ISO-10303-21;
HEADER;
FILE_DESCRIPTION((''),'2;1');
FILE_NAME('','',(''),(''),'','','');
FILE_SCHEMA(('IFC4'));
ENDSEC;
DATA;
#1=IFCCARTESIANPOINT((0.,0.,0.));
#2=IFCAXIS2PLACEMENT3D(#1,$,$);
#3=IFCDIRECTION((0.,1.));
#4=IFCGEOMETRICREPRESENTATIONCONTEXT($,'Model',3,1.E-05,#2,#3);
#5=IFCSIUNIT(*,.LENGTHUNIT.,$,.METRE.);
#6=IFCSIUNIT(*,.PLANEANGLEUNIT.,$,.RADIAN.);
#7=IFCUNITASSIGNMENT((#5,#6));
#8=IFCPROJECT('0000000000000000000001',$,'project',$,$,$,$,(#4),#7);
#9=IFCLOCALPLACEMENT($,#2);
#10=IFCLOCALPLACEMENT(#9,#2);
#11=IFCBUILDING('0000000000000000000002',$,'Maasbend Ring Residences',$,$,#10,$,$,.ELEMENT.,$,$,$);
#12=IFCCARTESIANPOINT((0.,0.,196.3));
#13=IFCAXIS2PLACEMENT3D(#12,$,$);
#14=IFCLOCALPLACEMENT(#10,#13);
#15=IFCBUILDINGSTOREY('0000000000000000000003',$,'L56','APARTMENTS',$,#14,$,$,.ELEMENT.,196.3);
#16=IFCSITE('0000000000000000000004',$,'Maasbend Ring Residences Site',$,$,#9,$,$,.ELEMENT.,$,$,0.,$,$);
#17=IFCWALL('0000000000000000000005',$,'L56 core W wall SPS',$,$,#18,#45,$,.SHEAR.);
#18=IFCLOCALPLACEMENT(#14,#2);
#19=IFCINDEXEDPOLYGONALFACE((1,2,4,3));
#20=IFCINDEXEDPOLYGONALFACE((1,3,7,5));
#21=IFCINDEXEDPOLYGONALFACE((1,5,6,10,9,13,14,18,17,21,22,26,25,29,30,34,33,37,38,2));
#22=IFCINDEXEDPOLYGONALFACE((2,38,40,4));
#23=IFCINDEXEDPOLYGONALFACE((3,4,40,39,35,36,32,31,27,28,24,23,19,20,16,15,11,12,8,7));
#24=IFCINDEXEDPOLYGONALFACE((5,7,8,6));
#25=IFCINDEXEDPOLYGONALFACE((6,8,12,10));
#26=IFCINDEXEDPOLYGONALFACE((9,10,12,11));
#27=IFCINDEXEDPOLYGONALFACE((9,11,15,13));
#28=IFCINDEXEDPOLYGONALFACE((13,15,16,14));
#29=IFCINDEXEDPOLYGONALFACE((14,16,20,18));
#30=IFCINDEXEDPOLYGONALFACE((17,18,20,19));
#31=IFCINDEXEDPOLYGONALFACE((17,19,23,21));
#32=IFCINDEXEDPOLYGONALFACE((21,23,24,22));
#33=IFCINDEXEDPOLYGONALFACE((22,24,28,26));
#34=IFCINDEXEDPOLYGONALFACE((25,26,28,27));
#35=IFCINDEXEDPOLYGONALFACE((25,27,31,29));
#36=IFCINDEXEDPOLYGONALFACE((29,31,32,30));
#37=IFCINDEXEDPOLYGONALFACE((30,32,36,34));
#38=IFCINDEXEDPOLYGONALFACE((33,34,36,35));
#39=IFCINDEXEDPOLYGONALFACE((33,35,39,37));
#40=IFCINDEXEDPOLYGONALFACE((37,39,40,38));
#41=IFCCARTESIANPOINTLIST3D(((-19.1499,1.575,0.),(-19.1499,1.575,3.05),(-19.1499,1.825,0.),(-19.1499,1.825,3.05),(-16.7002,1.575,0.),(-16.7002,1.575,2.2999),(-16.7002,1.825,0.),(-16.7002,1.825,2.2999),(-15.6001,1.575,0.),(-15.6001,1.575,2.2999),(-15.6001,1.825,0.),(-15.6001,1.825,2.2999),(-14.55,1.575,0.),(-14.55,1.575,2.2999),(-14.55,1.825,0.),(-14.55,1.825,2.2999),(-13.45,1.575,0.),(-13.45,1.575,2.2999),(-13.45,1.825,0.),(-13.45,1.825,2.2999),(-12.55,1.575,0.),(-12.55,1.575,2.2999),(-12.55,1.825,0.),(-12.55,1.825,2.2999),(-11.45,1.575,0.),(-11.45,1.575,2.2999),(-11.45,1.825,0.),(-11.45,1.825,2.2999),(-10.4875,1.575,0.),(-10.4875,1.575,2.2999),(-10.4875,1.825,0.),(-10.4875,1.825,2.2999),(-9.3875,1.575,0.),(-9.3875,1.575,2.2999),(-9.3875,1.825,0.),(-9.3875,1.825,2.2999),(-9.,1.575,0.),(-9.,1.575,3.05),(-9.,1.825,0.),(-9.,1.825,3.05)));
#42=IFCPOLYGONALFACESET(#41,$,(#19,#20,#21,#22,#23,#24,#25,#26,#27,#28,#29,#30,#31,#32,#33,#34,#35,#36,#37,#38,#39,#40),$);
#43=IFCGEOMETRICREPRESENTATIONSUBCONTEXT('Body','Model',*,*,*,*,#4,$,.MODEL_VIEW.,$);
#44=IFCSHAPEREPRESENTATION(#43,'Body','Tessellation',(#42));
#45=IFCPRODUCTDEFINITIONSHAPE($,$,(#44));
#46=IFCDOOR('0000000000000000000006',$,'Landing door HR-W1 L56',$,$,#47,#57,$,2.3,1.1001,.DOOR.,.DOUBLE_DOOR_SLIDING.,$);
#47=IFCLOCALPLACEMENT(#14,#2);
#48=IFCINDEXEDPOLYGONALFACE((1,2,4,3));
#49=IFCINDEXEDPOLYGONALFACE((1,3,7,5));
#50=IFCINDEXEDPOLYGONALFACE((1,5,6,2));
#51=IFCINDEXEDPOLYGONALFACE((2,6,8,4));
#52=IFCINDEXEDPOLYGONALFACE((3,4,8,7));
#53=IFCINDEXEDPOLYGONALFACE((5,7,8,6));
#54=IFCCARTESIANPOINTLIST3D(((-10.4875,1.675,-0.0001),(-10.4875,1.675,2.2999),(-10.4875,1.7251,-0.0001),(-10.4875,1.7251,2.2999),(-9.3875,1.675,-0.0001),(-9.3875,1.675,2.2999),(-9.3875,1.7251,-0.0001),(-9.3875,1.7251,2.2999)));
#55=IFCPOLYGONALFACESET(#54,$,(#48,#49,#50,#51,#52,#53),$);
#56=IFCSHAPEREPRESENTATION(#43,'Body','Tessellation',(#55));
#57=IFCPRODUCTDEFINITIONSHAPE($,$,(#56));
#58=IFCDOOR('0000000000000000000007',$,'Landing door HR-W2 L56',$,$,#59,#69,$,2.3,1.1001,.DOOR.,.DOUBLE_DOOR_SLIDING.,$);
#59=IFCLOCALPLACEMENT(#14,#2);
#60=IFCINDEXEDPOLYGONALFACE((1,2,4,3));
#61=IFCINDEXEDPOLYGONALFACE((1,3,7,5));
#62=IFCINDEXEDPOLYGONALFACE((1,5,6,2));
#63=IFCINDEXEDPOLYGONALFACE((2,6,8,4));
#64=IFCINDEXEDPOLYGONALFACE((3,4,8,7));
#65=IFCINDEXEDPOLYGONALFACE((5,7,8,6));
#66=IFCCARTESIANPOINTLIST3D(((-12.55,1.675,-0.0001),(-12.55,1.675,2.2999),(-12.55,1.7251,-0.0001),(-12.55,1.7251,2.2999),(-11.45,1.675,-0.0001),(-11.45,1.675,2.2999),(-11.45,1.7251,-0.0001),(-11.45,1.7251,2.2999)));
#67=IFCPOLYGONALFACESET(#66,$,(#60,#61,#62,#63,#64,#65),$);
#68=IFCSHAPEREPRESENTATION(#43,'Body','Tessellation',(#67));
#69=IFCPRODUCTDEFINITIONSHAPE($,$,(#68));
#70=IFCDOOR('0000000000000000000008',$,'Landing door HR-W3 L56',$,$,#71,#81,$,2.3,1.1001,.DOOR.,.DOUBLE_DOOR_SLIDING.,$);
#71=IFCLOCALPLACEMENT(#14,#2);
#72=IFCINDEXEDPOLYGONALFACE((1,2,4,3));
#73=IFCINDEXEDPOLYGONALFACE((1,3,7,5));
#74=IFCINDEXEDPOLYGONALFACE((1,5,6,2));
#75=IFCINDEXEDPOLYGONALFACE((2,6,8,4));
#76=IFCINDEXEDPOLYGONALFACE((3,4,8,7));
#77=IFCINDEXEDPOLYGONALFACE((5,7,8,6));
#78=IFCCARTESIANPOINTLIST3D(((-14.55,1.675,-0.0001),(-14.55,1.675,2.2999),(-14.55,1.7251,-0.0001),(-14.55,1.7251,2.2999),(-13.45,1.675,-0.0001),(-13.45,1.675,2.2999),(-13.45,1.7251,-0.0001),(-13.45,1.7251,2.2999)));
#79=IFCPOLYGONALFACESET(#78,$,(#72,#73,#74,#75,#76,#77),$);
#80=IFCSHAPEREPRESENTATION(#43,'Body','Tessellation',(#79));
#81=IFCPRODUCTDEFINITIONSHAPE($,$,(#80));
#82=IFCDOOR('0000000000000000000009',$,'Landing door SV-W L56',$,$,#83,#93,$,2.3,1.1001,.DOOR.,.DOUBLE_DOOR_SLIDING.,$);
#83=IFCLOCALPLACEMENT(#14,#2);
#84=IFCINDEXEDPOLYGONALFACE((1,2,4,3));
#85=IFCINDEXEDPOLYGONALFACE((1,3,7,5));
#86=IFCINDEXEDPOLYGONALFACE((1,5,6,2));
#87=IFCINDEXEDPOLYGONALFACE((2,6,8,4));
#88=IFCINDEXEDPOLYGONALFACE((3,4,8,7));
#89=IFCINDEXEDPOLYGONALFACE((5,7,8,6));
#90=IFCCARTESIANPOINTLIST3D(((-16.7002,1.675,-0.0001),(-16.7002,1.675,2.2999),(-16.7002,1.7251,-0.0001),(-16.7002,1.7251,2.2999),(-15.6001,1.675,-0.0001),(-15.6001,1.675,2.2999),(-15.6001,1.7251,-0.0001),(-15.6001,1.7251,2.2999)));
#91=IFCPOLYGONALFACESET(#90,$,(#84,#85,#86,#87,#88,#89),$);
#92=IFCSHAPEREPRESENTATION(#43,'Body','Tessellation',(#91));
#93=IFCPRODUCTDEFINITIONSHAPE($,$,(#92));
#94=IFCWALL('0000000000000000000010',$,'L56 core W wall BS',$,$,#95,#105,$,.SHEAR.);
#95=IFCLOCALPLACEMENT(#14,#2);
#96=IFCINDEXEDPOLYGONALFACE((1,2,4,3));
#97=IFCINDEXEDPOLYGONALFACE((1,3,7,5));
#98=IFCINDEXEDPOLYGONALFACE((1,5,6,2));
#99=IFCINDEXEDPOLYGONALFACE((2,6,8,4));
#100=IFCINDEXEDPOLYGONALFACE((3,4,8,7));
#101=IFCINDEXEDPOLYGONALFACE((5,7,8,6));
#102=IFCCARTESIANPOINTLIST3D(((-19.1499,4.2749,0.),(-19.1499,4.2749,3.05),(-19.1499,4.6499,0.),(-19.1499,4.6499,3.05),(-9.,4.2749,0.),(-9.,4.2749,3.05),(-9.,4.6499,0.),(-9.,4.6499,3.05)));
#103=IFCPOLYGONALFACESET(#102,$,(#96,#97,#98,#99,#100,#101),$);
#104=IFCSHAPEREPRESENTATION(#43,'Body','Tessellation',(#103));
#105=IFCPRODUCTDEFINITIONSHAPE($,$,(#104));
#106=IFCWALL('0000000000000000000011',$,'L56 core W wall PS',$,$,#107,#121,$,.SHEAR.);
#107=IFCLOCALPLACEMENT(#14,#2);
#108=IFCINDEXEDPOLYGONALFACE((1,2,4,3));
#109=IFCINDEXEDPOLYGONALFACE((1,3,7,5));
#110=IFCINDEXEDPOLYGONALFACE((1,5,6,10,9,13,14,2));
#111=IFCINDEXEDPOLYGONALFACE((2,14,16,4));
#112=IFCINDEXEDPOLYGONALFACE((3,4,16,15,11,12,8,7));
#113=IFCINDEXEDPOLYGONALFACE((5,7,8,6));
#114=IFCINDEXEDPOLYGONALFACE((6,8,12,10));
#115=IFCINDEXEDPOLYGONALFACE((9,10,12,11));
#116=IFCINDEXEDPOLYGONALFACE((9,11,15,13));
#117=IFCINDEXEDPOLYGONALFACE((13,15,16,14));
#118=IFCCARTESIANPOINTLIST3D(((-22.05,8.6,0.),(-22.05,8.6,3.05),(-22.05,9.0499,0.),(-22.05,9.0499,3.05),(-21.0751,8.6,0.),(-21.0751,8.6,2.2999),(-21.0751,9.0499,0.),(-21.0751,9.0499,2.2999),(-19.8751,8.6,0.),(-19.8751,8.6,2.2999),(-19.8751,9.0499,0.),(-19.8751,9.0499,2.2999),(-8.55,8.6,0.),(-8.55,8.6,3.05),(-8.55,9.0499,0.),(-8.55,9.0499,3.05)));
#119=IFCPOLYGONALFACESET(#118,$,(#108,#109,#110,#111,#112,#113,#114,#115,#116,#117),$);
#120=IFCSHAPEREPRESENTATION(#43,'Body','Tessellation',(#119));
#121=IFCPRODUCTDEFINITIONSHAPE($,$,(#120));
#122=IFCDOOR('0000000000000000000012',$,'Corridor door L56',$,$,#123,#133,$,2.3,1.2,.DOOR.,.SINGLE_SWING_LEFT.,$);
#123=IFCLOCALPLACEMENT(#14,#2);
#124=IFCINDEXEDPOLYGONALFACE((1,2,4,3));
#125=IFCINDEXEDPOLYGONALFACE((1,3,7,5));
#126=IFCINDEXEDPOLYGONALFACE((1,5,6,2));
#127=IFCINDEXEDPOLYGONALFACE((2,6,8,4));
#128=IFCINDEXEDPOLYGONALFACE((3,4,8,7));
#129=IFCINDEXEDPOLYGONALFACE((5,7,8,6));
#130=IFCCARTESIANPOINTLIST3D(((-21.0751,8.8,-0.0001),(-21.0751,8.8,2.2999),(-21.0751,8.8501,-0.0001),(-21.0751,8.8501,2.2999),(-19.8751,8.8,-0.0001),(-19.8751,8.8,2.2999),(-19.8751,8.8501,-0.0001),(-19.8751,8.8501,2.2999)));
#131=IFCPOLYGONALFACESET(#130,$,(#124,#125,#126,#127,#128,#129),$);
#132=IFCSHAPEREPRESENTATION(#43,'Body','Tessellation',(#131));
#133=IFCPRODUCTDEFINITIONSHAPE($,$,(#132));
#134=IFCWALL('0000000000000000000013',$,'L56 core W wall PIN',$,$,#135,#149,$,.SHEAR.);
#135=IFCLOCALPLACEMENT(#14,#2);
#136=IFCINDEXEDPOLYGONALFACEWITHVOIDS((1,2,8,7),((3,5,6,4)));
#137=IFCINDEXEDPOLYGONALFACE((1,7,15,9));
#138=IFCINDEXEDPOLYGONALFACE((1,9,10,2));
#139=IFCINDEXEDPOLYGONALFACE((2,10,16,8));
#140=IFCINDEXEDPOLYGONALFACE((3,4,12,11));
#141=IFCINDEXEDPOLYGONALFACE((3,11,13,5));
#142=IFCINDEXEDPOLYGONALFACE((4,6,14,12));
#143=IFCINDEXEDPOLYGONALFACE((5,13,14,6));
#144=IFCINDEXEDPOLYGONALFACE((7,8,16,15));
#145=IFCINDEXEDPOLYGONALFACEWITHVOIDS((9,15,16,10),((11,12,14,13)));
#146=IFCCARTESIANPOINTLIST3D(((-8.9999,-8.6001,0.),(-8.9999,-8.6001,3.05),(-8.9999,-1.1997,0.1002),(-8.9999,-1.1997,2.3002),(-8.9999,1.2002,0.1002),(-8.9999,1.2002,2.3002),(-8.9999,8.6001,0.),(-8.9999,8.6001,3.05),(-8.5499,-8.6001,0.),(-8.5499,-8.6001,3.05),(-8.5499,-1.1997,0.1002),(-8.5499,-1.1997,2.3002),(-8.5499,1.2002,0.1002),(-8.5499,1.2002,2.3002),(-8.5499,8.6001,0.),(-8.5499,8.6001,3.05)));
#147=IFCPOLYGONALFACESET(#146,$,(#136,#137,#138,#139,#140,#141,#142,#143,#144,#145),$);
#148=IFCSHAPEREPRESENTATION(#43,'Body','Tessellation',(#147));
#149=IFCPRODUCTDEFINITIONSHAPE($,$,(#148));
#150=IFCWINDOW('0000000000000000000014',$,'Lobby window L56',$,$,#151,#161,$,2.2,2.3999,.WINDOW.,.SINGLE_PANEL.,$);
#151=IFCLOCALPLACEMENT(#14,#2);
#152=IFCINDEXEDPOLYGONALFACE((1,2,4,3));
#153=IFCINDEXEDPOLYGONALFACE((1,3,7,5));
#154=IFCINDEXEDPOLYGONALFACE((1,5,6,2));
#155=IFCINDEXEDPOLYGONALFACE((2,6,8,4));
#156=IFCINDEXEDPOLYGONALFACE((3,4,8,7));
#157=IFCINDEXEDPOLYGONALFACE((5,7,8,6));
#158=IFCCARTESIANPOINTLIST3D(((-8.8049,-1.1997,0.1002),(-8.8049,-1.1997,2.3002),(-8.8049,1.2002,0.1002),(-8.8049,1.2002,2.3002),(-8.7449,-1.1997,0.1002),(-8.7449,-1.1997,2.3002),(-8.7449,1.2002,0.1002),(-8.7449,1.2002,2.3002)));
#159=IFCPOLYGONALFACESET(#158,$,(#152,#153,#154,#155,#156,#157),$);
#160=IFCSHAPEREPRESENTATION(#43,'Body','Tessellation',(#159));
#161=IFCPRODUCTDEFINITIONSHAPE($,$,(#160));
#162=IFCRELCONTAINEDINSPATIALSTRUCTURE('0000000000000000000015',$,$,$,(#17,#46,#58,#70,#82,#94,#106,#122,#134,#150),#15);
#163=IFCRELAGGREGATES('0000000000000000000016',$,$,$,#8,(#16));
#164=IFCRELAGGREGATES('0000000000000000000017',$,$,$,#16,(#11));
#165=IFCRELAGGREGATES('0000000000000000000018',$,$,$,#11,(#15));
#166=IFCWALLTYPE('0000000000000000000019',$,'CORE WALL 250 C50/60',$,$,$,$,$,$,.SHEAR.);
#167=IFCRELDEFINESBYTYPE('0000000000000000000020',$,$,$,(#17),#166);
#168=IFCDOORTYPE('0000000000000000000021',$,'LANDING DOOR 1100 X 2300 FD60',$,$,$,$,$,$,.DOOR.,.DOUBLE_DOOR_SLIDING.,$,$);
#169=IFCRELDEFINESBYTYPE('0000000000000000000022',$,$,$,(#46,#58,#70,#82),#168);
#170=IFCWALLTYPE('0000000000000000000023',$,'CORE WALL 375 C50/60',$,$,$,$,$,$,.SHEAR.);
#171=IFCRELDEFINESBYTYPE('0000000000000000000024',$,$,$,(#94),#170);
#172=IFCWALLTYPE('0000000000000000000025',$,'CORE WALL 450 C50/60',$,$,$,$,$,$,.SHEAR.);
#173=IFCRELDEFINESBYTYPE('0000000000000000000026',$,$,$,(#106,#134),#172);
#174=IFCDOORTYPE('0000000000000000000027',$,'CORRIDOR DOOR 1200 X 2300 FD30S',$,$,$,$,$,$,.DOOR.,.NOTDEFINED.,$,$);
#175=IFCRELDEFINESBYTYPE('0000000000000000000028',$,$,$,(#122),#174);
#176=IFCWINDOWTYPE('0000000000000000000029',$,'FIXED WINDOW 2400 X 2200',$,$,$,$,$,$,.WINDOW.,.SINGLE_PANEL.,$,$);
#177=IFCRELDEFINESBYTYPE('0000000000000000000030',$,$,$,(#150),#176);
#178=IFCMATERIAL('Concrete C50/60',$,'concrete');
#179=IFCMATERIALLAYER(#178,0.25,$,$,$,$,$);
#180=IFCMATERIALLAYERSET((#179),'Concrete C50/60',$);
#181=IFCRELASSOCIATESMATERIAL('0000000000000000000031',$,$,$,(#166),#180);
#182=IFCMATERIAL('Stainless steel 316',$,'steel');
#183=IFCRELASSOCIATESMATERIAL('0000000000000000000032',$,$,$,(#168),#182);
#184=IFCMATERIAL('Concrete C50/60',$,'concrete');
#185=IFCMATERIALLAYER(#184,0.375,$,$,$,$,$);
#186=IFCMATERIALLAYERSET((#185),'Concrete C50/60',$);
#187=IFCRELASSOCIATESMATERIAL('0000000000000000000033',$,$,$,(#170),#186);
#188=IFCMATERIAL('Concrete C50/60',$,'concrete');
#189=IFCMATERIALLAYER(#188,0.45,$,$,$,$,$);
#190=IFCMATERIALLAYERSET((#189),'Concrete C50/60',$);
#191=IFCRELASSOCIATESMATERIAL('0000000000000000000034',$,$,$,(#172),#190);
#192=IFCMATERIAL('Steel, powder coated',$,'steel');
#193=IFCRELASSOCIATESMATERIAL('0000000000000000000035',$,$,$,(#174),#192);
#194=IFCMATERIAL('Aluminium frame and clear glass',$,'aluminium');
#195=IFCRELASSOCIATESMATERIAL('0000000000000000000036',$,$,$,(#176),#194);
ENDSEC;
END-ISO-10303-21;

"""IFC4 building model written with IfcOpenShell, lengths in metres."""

from ifc_helpers import new_model, si_unit, direction, frame, frame_2d, origin, place, context, subcontext, project, spatial, rectangle, extrude, material, layer, layer_set, type_object, element, fill, save


model = new_model("IFC4")

# Units and contexts
model_context = context("Model", 3, precision=1e-05, world=origin(), true_north=direction((0.0, 1.0)))
body_context = subcontext(model_context, "Body", "Model", "MODEL_VIEW")
ifc_project = project(units=[si_unit("LENGTHUNIT", "METRE"), si_unit("PLANEANGLEUNIT", "RADIAN")], contexts=[model_context])

# Site, building, storey
site_placement = place(None, origin())
site = spatial("IfcSite", under=ifc_project, at=site_placement, Name="Maasbend Ring Residences Site", CompositionType="ELEMENT", RefElevation=0.0)
building_placement = place(site_placement, origin())
building = spatial("IfcBuilding", under=site, at=building_placement, Name="Maasbend Ring Residences", CompositionType="ELEMENT")
storey_placement = place(building_placement, frame((0.0, 0.0, 196.3)))
storey = spatial("IfcBuildingStorey", under=building, at=storey_placement, Name="L56", Description="APARTMENTS", CompositionType="ELEMENT", Elevation=196.3)

# Wall, openings, doors
ifc_material_1 = material(Name="Concrete C50/60", Category="concrete")
ifc_layer_1 = layer(ifc_material_1, 0.25)
ifc_layer_set_1 = layer_set([ifc_layer_1], Name="Concrete C50/60")
wall_type_1 = type_object("IfcWallType", Name="CORE WALL 250 C50/60", PredefinedType="SHEAR", material=ifc_layer_set_1)
wall_1_placement = place(storey_placement, frame((-9.0, 1.7, 0.0), z_axis=(0.0, 0.0, 1.0), x_axis=(-1.0, 0.0, 0.0)))
wall_1 = element("IfcWall", 1, at=wall_1_placement, inside=storey, type_object=wall_type_1, Name="L56 core W wall SPS", PredefinedType="SHEAR", context=body_context, shape_type="SweptSolid", body=[
    extrude(rectangle(XDim=10.1499, YDim=0.25, at=frame_2d((5.075, 0.0))), origin(), (0.0, 0.0, 1.0), 3.05),
])
opening_1_placement = place(wall_1_placement, frame((0.3875, 0.0, 0.0)))
opening_1 = element("IfcOpeningElement", 2, at=opening_1_placement, cuts=wall_1, PredefinedType="OPENING", context=body_context, shape_type="SweptSolid", body=[
    extrude(rectangle(XDim=1.1001, YDim=2.3, at=frame_2d((0.55, 1.1499))), frame((0.0, 0.135, 0.0), z_axis=(0.0, -1.0, 0.0), x_axis=(1.0, 0.0, 0.0)), (0.0, 0.0, 1.0), 0.27),
])
opening_2_placement = place(wall_1_placement, frame((2.45, 0.0, 0.0)))
opening_2 = element("IfcOpeningElement", 3, at=opening_2_placement, cuts=wall_1, PredefinedType="OPENING", context=body_context, shape_type="SweptSolid", body=[
    extrude(rectangle(XDim=1.1001, YDim=2.3, at=frame_2d((0.55, 1.1499))), frame((0.0, 0.135, 0.0), z_axis=(0.0, -1.0, 0.0), x_axis=(1.0, 0.0, 0.0)), (0.0, 0.0, 1.0), 0.27),
])
opening_3_placement = place(wall_1_placement, frame((4.45, 0.0, 0.0)))
opening_3 = element("IfcOpeningElement", 4, at=opening_3_placement, cuts=wall_1, PredefinedType="OPENING", context=body_context, shape_type="SweptSolid", body=[
    extrude(rectangle(XDim=1.1001, YDim=2.3, at=frame_2d((0.55, 1.1499))), frame((0.0, 0.135, 0.0), z_axis=(0.0, -1.0, 0.0), x_axis=(1.0, 0.0, 0.0)), (0.0, 0.0, 1.0), 0.27),
])
opening_4_placement = place(wall_1_placement, frame((6.6001, 0.0, 0.0)))
opening_4 = element("IfcOpeningElement", 5, at=opening_4_placement, cuts=wall_1, PredefinedType="OPENING", context=body_context, shape_type="SweptSolid", body=[
    extrude(rectangle(XDim=1.1001, YDim=2.3, at=frame_2d((0.55, 1.1499))), frame((0.0, 0.135, 0.0), z_axis=(0.0, -1.0, 0.0), x_axis=(1.0, 0.0, 0.0)), (0.0, 0.0, 1.0), 0.27),
])
ifc_material_2 = material(Name="Stainless steel 316", Category="steel")
door_type_1 = type_object("IfcDoorType", Name="LANDING DOOR 1100 X 2300 FD60", OperationType="DOUBLE_DOOR_SLIDING", PredefinedType="DOOR", material=ifc_material_2)
door_1_placement = place(opening_1_placement, origin())
door_1 = element("IfcDoor", 6, at=door_1_placement, inside=storey, type_object=door_type_1, Name="Landing door HR-W1 L56", OperationType="DOUBLE_DOOR_SLIDING", OverallHeight=2.3, OverallWidth=1.1001, PredefinedType="DOOR", context=body_context, shape_type="SweptSolid", body=[
    extrude(rectangle(XDim=1.1001, YDim=2.3, at=frame_2d((0.55, 1.1499))), frame((0.0, 0.0249, 0.0), z_axis=(0.0, -1.0, 0.0), x_axis=(1.0, 0.0, 0.0)), (0.0, 0.0, 1.0), 0.05),
])
fill(opening_1, door_1)
door_2_placement = place(opening_2_placement, origin())
door_2 = element("IfcDoor", 7, at=door_2_placement, inside=storey, type_object=door_type_1, Name="Landing door HR-W2 L56", OperationType="DOUBLE_DOOR_SLIDING", OverallHeight=2.3, OverallWidth=1.1001, PredefinedType="DOOR", context=body_context, shape_type="SweptSolid", body=[
    extrude(rectangle(XDim=1.1001, YDim=2.3, at=frame_2d((0.55, 1.1499))), frame((0.0, 0.0249, 0.0), z_axis=(0.0, -1.0, 0.0), x_axis=(1.0, 0.0, 0.0)), (0.0, 0.0, 1.0), 0.05),
])
fill(opening_2, door_2)
door_3_placement = place(opening_3_placement, origin())
door_3 = element("IfcDoor", 8, at=door_3_placement, inside=storey, type_object=door_type_1, Name="Landing door HR-W3 L56", OperationType="DOUBLE_DOOR_SLIDING", OverallHeight=2.3, OverallWidth=1.1001, PredefinedType="DOOR", context=body_context, shape_type="SweptSolid", body=[
    extrude(rectangle(XDim=1.1001, YDim=2.3, at=frame_2d((0.55, 1.1499))), frame((0.0, 0.0249, 0.0), z_axis=(0.0, -1.0, 0.0), x_axis=(1.0, 0.0, 0.0)), (0.0, 0.0, 1.0), 0.05),
])
fill(opening_3, door_3)
door_4_placement = place(opening_4_placement, origin())
door_4 = element("IfcDoor", 9, at=door_4_placement, inside=storey, type_object=door_type_1, Name="Landing door SV-W L56", OperationType="DOUBLE_DOOR_SLIDING", OverallHeight=2.3, OverallWidth=1.1001, PredefinedType="DOOR", context=body_context, shape_type="SweptSolid", body=[
    extrude(rectangle(XDim=1.1001, YDim=2.3, at=frame_2d((0.55, 1.1499))), frame((0.0, 0.0249, 0.0), z_axis=(0.0, -1.0, 0.0), x_axis=(1.0, 0.0, 0.0)), (0.0, 0.0, 1.0), 0.05),
])
fill(opening_4, door_4)

# Wall
ifc_material_3 = material(Name="Concrete C50/60", Category="concrete")
ifc_layer_2 = layer(ifc_material_3, 0.375)
ifc_layer_set_2 = layer_set([ifc_layer_2], Name="Concrete C50/60")
wall_type_2 = type_object("IfcWallType", Name="CORE WALL 375 C50/60", PredefinedType="SHEAR", material=ifc_layer_set_2)
wall_2_placement = place(storey_placement, frame((-9.0, 4.4624, 0.0), z_axis=(0.0, 0.0, 1.0), x_axis=(-1.0, 0.0, 0.0)))
element("IfcWall", 10, at=wall_2_placement, inside=storey, type_object=wall_type_2, Name="L56 core W wall BS", PredefinedType="SHEAR", context=body_context, shape_type="SweptSolid", body=[
    extrude(rectangle(XDim=10.1499, YDim=0.375, at=frame_2d((5.075, 0.0))), origin(), (0.0, 0.0, 1.0), 3.05),
])

# Wall, opening, door
ifc_material_4 = material(Name="Concrete C50/60", Category="concrete")
ifc_layer_3 = layer(ifc_material_4, 0.45)
ifc_layer_set_3 = layer_set([ifc_layer_3], Name="Concrete C50/60")
wall_type_3 = type_object("IfcWallType", Name="CORE WALL 450 C50/60", PredefinedType="SHEAR", material=ifc_layer_set_3)
wall_3_placement = place(storey_placement, frame((-8.55, 8.825, 0.0), z_axis=(0.0, 0.0, 1.0), x_axis=(-1.0, 0.0, 0.0)))
wall_3 = element("IfcWall", 11, at=wall_3_placement, inside=storey, type_object=wall_type_3, Name="L56 core W wall PS", PredefinedType="SHEAR", context=body_context, shape_type="SweptSolid", body=[
    extrude(rectangle(XDim=13.5, YDim=0.45, at=frame_2d((6.75, 0.0))), origin(), (0.0, 0.0, 1.0), 3.05),
])
opening_5_placement = place(wall_3_placement, frame((11.325, 0.0, 0.0)))
opening_5 = element("IfcOpeningElement", 12, at=opening_5_placement, cuts=wall_3, PredefinedType="OPENING", context=body_context, shape_type="SweptSolid", body=[
    extrude(rectangle(XDim=1.2, YDim=2.3, at=frame_2d((0.6001, 1.1499))), frame((0.0, 0.2349, 0.0), z_axis=(0.0, -1.0, 0.0), x_axis=(1.0, 0.0, 0.0)), (0.0, 0.0, 1.0), 0.47),
])
ifc_material_5 = material(Name="Steel, powder coated", Category="steel")
door_type_2 = type_object("IfcDoorType", Name="CORRIDOR DOOR 1200 X 2300 FD30S", OperationType="NOTDEFINED", PredefinedType="DOOR", material=ifc_material_5)
door_5_placement = place(opening_5_placement, origin())
door_5 = element("IfcDoor", 13, at=door_5_placement, inside=storey, type_object=door_type_2, Name="Corridor door L56", OperationType="SINGLE_SWING_LEFT", OverallHeight=2.3, OverallWidth=1.2, PredefinedType="DOOR", context=body_context, shape_type="SweptSolid", body=[
    extrude(rectangle(XDim=1.2, YDim=2.3, at=frame_2d((0.6001, 1.1499))), frame((0.0, 0.0249, 0.0), z_axis=(0.0, -1.0, 0.0), x_axis=(1.0, 0.0, 0.0)), (0.0, 0.0, 1.0), 0.05),
])
fill(opening_5, door_5)

# Wall, opening, window
wall_4_placement = place(storey_placement, frame((-8.7749, 8.6001, 0.0), z_axis=(0.0, 0.0, 1.0), x_axis=(0.0, -1.0, 0.0)))
wall_4 = element("IfcWall", 14, at=wall_4_placement, inside=storey, type_object=wall_type_3, Name="L56 core W wall PIN", PredefinedType="SHEAR", context=body_context, shape_type="SweptSolid", body=[
    extrude(rectangle(XDim=17.2002, YDim=0.45, at=frame_2d((8.6001, 0.0))), origin(), (0.0, 0.0, 1.0), 3.05),
])
opening_6_placement = place(wall_4_placement, frame((7.3999, 0.0, 0.1001)))
opening_6 = element("IfcOpeningElement", 15, at=opening_6_placement, cuts=wall_4, PredefinedType="OPENING", context=body_context, shape_type="SweptSolid", body=[
    extrude(rectangle(XDim=2.3999, YDim=2.2, at=frame_2d((1.2, 1.1001))), frame((0.0, 0.2349, 0.0), z_axis=(0.0, -1.0, 0.0), x_axis=(1.0, 0.0, 0.0)), (0.0, 0.0, 1.0), 0.47),
])
ifc_material_6 = material(Name="Aluminium frame and clear glass", Category="aluminium")
window_type = type_object("IfcWindowType", Name="FIXED WINDOW 2400 X 2200", PartitioningType="SINGLE_PANEL", PredefinedType="WINDOW", material=ifc_material_6)
window_placement = place(opening_6_placement, origin())
window = element("IfcWindow", 16, at=window_placement, inside=storey, type_object=window_type, Name="Lobby window L56", OverallHeight=2.2, OverallWidth=2.3999, PartitioningType="SINGLE_PANEL", PredefinedType="WINDOW", context=body_context, shape_type="SweptSolid", body=[
    extrude(rectangle(XDim=2.3999, YDim=2.2, at=frame_2d((1.2, 1.1001))), frame((0.0, 0.03, 0.0), z_axis=(0.0, -1.0, 0.0), x_axis=(1.0, 0.0, 0.0)), (0.0, 0.0, 1.0), 0.0601),
])
fill(opening_6, window)

save(model, "model.ifc")
